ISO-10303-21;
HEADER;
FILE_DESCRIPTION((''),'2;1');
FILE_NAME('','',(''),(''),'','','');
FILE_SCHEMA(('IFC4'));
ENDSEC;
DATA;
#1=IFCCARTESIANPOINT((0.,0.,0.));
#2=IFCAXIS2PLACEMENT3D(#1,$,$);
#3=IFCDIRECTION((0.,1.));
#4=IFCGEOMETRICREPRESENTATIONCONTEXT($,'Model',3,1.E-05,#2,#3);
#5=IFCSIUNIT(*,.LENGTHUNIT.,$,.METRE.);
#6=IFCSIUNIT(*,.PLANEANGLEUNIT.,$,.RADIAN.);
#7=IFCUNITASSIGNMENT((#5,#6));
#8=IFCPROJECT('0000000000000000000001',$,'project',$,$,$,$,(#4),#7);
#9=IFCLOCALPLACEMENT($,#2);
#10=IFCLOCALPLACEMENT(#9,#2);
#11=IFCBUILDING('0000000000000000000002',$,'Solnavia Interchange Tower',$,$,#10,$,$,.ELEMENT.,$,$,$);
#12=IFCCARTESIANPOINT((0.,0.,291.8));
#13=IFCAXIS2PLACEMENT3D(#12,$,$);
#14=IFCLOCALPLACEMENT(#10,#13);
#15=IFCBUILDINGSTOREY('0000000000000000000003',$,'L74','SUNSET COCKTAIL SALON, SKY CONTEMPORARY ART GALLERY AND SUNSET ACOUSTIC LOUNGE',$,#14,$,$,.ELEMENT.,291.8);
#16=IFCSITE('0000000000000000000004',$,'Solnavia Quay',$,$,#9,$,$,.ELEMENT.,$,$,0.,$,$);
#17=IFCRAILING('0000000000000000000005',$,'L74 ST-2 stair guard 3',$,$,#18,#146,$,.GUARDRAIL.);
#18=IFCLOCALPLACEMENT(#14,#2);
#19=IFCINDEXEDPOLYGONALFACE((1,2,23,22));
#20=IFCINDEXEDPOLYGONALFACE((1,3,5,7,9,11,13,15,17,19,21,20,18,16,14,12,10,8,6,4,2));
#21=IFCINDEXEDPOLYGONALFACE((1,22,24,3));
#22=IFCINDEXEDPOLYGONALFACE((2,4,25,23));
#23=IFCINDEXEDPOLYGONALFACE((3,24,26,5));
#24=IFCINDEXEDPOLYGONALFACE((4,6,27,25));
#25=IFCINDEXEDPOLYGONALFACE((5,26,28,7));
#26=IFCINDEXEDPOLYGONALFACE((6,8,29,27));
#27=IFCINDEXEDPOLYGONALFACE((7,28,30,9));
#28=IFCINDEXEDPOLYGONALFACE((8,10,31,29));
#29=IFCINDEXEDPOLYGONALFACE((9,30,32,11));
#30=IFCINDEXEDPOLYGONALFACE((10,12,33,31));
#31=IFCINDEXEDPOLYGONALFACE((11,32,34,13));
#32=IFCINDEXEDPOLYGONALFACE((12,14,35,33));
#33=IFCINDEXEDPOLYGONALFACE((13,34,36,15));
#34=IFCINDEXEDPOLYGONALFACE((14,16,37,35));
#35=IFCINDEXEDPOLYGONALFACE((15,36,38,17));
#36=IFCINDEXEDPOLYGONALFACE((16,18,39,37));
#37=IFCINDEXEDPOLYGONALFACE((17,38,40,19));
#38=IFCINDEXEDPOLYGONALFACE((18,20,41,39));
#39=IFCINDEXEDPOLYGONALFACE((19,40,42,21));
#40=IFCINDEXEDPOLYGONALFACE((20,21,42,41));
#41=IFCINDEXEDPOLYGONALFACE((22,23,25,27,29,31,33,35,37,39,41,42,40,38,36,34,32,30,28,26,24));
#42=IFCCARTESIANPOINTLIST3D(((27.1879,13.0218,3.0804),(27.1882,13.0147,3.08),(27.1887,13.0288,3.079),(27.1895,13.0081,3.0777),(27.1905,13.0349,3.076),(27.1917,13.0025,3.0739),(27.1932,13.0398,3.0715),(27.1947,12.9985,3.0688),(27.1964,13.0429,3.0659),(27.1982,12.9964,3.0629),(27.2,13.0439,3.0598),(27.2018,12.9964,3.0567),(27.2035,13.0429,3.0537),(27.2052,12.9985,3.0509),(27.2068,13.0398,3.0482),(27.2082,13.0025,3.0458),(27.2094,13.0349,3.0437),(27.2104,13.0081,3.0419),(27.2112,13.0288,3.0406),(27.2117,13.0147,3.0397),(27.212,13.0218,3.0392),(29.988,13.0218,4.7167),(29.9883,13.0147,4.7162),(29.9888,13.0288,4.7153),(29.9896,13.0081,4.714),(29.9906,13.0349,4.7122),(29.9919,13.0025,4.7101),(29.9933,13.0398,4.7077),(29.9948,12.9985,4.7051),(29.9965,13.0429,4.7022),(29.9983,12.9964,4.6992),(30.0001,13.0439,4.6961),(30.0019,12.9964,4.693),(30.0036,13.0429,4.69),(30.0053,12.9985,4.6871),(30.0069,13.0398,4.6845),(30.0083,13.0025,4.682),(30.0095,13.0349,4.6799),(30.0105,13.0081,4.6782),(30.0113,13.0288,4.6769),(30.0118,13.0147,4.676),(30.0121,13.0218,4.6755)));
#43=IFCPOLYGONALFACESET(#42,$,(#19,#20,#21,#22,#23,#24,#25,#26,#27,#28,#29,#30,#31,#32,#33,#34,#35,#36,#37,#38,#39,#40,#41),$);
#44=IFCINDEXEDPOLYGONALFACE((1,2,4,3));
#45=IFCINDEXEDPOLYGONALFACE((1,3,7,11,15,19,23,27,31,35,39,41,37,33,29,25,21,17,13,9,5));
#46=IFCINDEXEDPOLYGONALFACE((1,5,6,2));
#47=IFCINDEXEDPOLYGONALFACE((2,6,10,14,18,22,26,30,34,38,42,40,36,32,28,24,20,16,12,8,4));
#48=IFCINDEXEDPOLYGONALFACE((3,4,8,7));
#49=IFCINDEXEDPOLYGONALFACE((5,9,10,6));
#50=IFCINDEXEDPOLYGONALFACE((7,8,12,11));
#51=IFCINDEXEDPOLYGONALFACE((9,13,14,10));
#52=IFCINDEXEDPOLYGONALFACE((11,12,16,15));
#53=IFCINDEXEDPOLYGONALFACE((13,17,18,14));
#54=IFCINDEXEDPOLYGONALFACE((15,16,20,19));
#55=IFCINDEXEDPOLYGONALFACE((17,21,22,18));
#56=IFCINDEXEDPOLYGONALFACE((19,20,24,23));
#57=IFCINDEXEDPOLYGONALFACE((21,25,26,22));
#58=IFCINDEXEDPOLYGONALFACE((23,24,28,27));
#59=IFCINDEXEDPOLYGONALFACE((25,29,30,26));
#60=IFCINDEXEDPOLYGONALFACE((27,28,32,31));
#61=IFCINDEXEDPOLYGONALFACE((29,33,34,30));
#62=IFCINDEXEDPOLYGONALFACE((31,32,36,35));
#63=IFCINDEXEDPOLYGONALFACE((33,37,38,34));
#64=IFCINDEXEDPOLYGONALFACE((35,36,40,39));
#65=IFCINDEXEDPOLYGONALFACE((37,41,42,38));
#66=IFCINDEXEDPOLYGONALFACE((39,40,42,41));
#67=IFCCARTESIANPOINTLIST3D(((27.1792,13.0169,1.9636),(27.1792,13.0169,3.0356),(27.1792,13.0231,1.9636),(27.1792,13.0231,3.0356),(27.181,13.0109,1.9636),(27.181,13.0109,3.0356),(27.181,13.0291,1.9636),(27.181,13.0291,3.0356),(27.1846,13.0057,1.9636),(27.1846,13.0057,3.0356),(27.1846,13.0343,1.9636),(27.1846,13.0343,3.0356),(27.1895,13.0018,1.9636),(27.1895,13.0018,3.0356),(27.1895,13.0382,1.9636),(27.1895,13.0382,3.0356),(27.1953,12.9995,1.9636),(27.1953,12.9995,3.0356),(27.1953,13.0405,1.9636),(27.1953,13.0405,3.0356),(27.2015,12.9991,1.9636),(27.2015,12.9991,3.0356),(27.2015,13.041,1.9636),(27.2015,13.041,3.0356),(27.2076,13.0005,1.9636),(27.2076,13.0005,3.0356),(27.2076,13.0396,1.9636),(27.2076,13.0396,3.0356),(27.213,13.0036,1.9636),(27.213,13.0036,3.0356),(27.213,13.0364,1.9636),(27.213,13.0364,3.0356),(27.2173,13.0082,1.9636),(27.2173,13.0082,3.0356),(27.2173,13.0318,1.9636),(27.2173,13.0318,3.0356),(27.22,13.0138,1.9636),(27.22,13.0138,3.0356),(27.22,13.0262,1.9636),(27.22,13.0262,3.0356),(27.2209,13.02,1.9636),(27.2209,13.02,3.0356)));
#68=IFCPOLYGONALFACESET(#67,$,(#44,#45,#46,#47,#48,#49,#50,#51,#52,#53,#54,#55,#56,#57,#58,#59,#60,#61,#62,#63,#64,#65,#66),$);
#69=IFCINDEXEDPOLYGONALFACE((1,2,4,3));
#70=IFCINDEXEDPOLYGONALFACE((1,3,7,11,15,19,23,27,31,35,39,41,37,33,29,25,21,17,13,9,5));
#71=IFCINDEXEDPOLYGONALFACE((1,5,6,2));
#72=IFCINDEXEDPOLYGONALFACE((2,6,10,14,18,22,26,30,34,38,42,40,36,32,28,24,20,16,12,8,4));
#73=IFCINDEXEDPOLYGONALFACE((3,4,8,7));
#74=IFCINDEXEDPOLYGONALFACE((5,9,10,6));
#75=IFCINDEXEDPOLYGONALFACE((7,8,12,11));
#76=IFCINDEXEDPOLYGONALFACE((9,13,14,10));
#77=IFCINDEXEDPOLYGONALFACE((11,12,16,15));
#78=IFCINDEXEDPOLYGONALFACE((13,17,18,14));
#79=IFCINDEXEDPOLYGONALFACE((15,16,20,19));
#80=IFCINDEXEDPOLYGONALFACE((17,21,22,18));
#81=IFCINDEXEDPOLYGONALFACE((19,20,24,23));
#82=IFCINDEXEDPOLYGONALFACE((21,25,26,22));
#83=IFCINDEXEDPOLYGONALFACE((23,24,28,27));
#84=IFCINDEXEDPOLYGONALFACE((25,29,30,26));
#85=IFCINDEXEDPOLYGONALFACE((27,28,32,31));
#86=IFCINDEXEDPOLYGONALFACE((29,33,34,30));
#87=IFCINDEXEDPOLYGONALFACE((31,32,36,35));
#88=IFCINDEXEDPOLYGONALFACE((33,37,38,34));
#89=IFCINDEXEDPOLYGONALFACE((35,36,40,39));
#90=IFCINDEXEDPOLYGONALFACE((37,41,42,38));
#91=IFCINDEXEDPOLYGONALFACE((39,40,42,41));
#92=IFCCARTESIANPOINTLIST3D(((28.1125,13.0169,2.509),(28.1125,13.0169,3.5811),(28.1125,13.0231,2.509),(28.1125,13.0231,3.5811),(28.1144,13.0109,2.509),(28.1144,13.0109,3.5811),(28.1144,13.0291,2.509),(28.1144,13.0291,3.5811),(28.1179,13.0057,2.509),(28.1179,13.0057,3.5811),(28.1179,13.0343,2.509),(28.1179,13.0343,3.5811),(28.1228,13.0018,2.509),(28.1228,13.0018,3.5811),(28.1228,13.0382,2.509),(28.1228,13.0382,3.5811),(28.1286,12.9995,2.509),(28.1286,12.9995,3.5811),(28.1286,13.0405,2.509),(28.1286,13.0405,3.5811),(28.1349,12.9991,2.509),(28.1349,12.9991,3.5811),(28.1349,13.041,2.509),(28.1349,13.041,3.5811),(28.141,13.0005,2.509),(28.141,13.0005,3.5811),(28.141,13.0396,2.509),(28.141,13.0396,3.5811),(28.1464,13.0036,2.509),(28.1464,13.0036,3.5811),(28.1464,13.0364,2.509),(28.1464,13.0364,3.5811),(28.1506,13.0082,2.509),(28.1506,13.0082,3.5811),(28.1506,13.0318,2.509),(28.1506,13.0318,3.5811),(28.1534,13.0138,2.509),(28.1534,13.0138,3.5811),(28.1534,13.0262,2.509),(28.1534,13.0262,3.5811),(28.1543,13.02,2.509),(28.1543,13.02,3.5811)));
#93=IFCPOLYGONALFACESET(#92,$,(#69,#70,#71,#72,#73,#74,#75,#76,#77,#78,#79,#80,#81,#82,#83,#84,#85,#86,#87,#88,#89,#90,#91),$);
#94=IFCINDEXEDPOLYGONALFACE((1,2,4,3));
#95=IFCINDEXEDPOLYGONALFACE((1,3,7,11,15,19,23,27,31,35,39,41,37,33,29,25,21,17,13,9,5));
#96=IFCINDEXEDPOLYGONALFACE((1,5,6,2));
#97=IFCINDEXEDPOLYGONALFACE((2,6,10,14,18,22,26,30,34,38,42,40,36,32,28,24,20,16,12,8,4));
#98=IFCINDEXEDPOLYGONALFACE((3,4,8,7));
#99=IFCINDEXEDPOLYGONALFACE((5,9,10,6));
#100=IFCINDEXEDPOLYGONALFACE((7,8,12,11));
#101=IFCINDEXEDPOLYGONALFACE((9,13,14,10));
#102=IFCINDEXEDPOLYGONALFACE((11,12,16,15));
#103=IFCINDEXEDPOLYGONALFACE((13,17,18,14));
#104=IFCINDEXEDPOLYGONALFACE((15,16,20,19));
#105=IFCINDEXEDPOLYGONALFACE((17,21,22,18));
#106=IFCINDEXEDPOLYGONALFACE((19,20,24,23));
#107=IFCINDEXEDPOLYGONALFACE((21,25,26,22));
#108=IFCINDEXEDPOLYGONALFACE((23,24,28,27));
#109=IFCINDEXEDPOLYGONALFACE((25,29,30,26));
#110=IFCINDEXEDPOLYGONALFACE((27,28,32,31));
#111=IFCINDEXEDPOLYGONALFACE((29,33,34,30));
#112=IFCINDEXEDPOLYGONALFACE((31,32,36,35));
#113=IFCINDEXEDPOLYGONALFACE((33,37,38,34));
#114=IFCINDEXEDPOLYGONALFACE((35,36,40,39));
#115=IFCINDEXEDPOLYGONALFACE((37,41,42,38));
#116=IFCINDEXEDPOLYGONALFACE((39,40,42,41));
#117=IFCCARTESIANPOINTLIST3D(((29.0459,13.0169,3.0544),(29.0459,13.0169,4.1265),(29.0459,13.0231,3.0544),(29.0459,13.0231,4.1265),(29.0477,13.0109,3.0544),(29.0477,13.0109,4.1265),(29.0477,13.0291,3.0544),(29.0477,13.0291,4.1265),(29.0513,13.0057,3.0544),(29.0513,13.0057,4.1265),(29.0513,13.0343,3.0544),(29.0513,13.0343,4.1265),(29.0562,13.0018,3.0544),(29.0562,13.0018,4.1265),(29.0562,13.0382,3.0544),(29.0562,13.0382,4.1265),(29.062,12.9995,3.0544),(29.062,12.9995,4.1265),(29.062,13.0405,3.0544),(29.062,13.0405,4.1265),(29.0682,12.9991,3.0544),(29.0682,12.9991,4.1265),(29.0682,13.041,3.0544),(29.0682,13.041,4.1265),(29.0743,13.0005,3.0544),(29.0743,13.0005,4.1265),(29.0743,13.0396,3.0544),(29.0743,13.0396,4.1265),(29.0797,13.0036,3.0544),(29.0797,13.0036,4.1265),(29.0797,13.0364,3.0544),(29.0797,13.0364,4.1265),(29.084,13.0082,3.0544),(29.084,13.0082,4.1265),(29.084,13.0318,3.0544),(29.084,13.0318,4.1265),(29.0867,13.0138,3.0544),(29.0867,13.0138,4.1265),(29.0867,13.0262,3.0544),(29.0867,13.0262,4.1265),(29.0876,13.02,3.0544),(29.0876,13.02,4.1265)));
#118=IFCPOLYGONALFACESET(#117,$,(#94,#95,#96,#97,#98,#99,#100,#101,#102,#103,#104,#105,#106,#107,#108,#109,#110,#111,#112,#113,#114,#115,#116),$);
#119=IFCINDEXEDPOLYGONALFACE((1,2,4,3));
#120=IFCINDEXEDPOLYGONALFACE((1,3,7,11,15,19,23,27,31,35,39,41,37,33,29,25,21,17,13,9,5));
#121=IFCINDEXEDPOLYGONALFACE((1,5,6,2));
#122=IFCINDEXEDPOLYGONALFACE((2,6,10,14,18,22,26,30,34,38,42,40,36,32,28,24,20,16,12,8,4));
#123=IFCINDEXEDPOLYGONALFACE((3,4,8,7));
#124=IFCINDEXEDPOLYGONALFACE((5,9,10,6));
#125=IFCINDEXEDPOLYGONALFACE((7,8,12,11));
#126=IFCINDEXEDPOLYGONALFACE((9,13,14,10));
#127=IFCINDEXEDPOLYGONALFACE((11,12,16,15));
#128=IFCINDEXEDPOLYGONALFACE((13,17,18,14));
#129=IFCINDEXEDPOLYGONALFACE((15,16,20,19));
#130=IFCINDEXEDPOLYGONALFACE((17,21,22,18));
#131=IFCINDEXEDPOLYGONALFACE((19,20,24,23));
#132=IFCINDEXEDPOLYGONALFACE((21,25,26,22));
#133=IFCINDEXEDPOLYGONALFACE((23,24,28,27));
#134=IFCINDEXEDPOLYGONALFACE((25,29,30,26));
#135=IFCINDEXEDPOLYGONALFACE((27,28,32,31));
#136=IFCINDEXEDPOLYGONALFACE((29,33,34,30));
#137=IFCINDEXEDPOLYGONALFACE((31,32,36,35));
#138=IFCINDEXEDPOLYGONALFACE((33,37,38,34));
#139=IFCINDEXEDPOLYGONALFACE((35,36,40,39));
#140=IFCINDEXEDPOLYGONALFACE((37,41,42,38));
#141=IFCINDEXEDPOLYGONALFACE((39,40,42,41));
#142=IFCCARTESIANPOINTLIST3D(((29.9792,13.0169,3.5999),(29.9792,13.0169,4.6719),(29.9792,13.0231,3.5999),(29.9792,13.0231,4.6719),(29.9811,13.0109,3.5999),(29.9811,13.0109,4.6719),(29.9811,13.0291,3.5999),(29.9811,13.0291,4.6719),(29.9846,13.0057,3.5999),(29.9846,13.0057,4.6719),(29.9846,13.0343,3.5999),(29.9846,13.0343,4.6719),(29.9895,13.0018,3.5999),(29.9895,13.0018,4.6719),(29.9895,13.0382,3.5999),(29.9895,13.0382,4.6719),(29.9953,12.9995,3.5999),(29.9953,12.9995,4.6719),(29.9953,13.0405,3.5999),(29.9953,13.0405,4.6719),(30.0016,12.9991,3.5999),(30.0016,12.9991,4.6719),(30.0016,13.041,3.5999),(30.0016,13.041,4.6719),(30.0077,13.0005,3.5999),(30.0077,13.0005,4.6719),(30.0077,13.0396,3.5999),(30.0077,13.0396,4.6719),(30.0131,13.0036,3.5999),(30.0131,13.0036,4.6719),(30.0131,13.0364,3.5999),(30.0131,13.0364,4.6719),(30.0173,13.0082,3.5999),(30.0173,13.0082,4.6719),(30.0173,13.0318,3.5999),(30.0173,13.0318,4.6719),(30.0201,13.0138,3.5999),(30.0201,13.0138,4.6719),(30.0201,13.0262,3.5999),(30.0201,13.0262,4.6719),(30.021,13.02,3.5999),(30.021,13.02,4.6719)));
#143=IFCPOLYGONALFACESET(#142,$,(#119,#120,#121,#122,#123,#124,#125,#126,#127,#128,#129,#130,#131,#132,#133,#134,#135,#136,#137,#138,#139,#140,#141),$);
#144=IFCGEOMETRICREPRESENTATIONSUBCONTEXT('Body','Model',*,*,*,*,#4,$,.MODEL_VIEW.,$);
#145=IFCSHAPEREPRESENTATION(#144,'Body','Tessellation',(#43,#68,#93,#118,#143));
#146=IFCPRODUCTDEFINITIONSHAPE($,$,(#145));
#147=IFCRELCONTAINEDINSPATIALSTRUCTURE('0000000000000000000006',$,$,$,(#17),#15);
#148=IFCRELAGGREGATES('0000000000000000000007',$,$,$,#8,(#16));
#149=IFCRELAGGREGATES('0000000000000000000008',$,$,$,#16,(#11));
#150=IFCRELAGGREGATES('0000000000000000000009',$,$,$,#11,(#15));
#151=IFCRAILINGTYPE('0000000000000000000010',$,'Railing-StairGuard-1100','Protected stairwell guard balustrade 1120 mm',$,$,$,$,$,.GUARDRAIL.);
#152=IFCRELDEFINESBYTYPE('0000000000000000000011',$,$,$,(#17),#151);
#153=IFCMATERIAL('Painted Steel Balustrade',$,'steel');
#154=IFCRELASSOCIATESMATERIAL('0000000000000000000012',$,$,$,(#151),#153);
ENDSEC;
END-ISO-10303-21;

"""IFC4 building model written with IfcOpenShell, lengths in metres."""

from ifc_helpers import new_model, si_unit, direction, frame, origin, origin_2d, place, context, subcontext, project, spatial, circle, extrude, material, type_object, element, save


model = new_model("IFC4")

# Units and contexts
model_context = context("Model", 3, precision=1e-05, world=origin(), true_north=direction((0.0, 1.0)))
body_context = subcontext(model_context, "Body", "Model", "MODEL_VIEW")
ifc_project = project(units=[si_unit("LENGTHUNIT", "METRE"), si_unit("PLANEANGLEUNIT", "RADIAN")], contexts=[model_context])

# Site, building, storey
site_placement = place(None, origin())
site = spatial("IfcSite", under=ifc_project, at=site_placement, Name="Solnavia Quay", CompositionType="ELEMENT", RefElevation=0.0)
building_placement = place(site_placement, origin())
building = spatial("IfcBuilding", under=site, at=building_placement, Name="Solnavia Interchange Tower", CompositionType="ELEMENT")
storey_placement = place(building_placement, frame((0.0, 0.0, 291.8)))
storey = spatial("IfcBuildingStorey", under=building, at=storey_placement, Name="L74", Description="SUNSET COCKTAIL SALON, SKY CONTEMPORARY ART GALLERY AND SUNSET ACOUSTIC LOUNGE", CompositionType="ELEMENT", Elevation=291.8)

# Railing
ifc_material_1 = material(Name="Painted Steel Balustrade", Category="steel")
railing_type_1 = type_object("IfcRailingType", Name="Railing-StairGuard-1100", Description="Protected stairwell guard balustrade 1120 mm", PredefinedType="GUARDRAIL", material=ifc_material_1)
railing_1_placement = place(storey_placement, frame((27.2, 13.02, 1.9636)))
element("IfcRailing", 1, at=railing_1_placement, inside=storey, type_object=railing_type_1, Name="L74 ST-2 stair guard 3", PredefinedType="GUARDRAIL", context=body_context, shape_type="SweptSolid", body=[
    extrude(circle(Radius=0.0239, at=origin_2d()), frame((0.0, 0.0, 1.0962), z_axis=(0.863394, 0.0, 0.504531), x_axis=(0.0, 1.0, 0.0)), (0.0, 0.0, 1.0), 3.2432),
    extrude(circle(Radius=0.021, at=origin_2d()), origin(), (0.0, 0.0, 1.0), 1.072),
    extrude(circle(Radius=0.021, at=origin_2d()), frame((0.9333, 0.0, 0.5454)), (0.0, 0.0, 1.0), 1.072),
    extrude(circle(Radius=0.021, at=origin_2d()), frame((1.8667, 0.0, 1.0908)), (0.0, 0.0, 1.0), 1.072),
    extrude(circle(Radius=0.021, at=origin_2d()), frame((2.8, 0.0, 1.6362)), (0.0, 0.0, 1.0), 1.072),
])

save(model, "model.ifc")
